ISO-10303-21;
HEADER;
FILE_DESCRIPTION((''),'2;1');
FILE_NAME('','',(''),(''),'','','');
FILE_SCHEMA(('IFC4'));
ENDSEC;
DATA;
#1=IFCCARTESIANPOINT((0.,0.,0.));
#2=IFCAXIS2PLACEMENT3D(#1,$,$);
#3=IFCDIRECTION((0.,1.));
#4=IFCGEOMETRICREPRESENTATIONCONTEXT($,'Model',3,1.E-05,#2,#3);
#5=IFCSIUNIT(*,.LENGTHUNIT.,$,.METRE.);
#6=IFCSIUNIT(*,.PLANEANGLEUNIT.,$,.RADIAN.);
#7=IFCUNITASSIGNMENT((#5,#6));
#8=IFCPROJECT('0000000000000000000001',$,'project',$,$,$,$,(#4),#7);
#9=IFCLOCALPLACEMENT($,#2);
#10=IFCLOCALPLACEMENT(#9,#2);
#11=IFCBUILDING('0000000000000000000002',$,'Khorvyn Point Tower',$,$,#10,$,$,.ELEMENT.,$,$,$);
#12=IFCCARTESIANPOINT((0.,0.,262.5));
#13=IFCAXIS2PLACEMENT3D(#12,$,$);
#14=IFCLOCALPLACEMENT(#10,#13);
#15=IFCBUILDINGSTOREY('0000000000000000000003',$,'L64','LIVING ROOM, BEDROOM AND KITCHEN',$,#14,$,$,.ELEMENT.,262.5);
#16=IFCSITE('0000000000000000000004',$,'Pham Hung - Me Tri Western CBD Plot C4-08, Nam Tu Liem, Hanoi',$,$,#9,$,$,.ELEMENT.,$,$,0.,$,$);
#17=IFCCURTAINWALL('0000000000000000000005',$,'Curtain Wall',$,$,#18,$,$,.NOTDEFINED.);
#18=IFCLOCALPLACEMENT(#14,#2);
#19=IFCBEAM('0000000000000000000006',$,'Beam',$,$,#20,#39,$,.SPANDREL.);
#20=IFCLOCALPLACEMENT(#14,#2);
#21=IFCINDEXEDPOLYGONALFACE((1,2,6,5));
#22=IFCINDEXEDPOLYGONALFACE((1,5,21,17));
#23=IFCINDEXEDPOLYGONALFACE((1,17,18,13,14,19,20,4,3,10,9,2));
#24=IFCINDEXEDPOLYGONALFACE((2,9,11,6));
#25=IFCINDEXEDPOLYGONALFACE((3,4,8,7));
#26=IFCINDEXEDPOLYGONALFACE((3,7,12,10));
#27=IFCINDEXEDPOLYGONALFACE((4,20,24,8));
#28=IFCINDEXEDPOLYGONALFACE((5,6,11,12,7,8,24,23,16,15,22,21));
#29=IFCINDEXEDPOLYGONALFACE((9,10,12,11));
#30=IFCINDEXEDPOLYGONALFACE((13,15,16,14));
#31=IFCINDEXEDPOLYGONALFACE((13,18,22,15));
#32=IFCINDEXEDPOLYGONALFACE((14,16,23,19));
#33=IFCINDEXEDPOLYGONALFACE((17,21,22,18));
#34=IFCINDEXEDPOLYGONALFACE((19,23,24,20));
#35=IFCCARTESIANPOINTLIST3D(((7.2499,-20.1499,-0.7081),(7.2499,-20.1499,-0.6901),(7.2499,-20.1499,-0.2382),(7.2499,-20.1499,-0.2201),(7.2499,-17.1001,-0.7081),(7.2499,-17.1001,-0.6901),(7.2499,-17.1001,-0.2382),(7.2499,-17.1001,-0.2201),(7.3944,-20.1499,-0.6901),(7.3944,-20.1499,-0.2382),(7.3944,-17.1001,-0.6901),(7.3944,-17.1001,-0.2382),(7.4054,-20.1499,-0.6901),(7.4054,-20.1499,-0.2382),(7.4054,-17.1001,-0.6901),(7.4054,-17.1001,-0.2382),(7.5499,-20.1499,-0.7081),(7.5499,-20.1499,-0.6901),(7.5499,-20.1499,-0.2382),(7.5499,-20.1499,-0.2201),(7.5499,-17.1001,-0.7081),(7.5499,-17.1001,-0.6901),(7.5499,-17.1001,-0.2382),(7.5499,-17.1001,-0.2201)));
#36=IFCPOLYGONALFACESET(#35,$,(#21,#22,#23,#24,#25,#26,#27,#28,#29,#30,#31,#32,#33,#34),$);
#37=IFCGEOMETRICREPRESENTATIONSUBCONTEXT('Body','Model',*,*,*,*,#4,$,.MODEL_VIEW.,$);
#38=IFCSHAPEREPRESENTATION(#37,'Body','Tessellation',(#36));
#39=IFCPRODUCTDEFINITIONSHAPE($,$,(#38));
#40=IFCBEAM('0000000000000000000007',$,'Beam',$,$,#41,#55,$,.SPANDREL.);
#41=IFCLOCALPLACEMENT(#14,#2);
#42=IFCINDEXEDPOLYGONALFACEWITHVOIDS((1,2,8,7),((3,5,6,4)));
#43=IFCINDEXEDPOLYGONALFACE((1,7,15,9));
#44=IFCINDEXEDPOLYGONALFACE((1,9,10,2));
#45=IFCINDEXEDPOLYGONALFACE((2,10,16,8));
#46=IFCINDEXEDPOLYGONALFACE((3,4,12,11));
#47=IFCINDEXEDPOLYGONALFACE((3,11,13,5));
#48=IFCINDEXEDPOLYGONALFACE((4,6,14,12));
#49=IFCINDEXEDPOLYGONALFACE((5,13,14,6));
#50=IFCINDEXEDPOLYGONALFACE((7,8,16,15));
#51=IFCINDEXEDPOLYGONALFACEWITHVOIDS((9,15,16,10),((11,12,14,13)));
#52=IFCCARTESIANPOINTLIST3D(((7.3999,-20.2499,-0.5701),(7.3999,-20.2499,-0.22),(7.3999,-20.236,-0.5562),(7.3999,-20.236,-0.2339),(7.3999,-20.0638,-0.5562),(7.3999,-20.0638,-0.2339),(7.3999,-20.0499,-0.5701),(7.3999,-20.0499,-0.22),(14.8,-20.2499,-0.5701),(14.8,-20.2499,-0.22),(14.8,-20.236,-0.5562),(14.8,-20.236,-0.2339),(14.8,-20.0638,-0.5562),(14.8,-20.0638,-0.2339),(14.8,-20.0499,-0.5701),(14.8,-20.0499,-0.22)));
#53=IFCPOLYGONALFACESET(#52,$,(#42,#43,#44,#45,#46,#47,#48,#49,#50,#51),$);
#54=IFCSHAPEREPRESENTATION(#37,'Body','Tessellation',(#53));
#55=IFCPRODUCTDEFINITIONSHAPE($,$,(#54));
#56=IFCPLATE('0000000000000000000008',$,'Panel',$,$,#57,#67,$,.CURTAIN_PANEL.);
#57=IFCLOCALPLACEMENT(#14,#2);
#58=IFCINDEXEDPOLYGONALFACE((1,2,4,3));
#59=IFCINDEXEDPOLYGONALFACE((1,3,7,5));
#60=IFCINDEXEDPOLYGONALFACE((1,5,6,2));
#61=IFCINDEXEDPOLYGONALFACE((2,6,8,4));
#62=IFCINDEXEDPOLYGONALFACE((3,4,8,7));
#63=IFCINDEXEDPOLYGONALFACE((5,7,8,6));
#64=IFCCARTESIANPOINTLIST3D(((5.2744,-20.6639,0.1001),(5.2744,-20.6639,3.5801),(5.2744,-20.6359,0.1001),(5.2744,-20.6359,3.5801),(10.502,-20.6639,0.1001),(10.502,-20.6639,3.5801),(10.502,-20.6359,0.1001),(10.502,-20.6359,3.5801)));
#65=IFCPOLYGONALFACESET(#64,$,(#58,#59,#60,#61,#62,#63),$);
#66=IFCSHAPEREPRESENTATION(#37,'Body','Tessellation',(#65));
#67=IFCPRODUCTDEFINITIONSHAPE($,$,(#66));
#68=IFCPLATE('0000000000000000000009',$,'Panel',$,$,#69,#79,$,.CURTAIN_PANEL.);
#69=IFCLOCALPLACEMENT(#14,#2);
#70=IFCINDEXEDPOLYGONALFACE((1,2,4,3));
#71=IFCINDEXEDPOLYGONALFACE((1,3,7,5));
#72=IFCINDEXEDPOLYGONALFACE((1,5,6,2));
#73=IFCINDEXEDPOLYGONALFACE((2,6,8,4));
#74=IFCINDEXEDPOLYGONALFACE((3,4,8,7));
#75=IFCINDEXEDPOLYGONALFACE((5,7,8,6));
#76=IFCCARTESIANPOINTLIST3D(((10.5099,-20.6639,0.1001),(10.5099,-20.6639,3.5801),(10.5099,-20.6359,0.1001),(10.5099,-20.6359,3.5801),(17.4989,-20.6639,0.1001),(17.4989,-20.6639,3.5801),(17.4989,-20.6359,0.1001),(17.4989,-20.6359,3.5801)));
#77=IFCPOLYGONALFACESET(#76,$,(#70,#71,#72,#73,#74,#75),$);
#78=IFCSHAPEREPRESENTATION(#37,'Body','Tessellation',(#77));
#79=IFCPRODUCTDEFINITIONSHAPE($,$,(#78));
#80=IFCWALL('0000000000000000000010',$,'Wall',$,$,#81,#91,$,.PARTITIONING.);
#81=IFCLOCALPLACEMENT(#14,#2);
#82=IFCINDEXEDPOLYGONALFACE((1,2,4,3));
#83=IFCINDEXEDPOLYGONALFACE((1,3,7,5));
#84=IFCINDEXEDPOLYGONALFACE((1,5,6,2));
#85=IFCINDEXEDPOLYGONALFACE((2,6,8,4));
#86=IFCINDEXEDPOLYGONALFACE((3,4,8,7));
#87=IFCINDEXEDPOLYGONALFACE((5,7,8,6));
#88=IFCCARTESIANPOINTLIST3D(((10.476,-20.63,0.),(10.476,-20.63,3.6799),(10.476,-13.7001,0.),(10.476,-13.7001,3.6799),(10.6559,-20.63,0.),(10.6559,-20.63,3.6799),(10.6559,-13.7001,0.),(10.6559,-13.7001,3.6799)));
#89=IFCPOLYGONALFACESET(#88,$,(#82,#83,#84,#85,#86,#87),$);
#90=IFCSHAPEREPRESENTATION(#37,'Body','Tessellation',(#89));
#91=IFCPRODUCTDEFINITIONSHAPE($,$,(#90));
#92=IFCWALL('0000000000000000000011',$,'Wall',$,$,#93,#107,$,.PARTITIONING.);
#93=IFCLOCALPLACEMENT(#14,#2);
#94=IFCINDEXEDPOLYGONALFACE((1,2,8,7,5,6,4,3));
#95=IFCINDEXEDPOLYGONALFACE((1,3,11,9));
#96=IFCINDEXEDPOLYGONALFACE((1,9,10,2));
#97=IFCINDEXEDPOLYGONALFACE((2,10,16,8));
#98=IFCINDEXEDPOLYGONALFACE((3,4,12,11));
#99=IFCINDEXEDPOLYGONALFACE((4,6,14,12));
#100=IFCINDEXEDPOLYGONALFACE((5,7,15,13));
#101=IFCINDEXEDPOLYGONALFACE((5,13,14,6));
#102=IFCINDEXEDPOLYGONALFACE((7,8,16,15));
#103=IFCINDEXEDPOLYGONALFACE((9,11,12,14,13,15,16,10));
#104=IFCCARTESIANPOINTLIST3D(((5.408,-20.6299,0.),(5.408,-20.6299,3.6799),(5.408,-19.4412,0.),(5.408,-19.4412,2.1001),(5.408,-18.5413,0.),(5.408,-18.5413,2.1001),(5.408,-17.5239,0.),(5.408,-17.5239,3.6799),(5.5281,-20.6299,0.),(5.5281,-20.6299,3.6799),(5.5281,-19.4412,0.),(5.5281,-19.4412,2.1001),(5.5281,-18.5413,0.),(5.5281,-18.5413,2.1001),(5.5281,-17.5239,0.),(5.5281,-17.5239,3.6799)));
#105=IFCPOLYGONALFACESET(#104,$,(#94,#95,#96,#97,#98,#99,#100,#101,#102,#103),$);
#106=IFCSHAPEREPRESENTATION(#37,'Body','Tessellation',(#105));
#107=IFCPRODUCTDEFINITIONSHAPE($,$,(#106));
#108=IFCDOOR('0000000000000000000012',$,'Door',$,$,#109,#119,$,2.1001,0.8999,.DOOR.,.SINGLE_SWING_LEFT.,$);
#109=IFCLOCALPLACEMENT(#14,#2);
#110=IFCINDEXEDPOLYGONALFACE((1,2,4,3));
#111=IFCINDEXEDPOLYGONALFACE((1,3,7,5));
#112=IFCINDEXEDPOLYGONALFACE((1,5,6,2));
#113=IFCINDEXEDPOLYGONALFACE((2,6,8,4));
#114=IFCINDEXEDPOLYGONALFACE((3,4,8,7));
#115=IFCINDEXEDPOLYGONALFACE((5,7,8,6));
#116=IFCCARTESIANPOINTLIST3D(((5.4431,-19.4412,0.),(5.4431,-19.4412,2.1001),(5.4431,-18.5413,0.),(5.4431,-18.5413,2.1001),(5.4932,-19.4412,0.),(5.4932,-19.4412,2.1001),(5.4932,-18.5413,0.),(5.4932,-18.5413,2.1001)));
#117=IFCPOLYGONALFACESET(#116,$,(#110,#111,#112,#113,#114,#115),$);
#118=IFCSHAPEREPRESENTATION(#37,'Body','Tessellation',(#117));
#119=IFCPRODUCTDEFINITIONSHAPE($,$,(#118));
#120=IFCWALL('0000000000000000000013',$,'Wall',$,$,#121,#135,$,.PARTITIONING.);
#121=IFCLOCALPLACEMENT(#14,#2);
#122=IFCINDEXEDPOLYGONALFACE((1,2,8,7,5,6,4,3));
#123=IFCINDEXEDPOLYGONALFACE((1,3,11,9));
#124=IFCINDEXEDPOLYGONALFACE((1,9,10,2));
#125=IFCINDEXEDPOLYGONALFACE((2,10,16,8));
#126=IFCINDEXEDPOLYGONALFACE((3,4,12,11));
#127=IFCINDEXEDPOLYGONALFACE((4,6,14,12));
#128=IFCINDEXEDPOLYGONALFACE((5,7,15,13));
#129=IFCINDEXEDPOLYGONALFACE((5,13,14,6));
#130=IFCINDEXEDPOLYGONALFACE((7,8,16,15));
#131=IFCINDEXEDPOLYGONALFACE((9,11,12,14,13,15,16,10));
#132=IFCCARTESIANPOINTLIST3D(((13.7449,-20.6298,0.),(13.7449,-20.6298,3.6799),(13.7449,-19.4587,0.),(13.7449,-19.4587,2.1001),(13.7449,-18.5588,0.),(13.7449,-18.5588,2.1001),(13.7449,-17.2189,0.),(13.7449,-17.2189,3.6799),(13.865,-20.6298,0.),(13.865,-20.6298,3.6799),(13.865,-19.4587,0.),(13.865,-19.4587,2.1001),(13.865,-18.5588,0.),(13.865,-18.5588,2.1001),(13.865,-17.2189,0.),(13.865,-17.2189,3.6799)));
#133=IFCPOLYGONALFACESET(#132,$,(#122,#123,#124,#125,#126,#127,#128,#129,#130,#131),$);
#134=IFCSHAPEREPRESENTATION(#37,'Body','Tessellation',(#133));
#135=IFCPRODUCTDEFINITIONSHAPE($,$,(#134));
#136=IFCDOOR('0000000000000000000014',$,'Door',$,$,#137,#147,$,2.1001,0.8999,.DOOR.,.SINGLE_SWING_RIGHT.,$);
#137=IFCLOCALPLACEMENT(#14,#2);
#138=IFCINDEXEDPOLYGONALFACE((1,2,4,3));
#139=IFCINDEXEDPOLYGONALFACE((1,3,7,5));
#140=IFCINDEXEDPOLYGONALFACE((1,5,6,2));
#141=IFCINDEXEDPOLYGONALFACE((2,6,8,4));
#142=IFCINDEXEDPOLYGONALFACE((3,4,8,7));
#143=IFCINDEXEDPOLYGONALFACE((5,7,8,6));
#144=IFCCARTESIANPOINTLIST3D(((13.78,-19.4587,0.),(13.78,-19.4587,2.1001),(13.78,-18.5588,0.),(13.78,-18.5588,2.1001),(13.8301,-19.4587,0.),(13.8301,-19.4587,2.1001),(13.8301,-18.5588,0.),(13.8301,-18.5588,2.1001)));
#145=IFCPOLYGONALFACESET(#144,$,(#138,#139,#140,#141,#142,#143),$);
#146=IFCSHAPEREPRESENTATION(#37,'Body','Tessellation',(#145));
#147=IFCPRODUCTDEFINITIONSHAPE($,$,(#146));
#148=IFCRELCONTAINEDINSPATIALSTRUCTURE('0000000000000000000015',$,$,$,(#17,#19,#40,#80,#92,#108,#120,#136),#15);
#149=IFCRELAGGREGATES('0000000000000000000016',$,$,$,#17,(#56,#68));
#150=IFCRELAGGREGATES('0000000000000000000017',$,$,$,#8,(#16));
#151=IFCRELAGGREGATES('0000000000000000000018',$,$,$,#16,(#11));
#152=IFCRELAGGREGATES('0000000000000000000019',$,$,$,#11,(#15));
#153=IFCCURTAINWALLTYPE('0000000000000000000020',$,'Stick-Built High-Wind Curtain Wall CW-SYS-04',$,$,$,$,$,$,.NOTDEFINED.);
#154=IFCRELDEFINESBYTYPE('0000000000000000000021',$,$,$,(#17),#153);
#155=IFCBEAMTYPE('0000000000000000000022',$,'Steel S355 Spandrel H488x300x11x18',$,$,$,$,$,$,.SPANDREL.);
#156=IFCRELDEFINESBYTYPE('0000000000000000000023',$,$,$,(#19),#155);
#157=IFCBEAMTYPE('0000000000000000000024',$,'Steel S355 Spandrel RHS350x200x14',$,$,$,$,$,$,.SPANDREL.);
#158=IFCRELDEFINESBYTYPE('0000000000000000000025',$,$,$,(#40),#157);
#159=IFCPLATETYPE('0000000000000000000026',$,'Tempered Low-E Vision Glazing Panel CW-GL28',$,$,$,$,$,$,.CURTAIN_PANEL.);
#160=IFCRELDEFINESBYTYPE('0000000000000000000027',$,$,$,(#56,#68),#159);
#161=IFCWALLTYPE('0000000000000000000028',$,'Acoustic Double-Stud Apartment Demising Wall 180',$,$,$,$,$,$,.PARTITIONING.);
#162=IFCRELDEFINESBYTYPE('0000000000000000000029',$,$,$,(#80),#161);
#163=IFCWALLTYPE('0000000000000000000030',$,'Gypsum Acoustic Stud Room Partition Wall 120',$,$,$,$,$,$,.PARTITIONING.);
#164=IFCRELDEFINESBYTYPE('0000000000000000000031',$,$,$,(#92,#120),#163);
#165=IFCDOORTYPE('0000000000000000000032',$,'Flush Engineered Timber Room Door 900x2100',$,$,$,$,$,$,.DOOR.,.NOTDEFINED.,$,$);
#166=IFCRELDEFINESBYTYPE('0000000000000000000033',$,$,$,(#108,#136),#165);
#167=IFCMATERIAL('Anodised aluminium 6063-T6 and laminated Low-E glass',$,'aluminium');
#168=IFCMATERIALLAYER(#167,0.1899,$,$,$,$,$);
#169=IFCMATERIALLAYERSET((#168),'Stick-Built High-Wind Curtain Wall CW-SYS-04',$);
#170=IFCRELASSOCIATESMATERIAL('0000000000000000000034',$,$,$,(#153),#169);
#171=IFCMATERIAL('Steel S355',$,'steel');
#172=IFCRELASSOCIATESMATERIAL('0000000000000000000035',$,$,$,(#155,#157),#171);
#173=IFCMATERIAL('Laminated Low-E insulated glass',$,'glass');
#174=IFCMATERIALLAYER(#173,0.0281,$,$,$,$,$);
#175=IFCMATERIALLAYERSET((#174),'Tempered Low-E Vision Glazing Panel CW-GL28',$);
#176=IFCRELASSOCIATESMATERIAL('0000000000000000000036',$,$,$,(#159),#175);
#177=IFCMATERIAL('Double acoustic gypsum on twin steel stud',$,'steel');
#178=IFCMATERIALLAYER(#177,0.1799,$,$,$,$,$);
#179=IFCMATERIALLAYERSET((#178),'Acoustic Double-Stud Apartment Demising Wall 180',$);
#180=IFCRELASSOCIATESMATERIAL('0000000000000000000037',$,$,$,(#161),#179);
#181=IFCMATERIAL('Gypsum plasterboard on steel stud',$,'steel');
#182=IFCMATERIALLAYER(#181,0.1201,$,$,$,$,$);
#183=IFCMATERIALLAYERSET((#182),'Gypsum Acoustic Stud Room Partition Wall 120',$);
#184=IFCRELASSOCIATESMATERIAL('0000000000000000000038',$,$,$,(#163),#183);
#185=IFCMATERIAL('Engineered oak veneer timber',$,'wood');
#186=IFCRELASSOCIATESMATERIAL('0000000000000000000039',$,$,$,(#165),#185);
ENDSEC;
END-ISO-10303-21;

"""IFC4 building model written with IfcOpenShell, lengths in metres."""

from ifc_helpers import new_model, si_unit, direction, frame, frame_2d, origin, origin_2d, place, context, subcontext, project, spatial, rectangle, hollow_rectangle, i_section, extrude, material, layer, layer_set, material_profile, profile_set, type_object, element, fill, aggregate, save


model = new_model("IFC4")

# Units and contexts
model_context = context("Model", 3, precision=1e-05, world=origin(), true_north=direction((0.0, 1.0)))
body_context = subcontext(model_context, "Body", "Model", "MODEL_VIEW")
ifc_project = project(units=[si_unit("LENGTHUNIT", "METRE"), si_unit("PLANEANGLEUNIT", "RADIAN")], contexts=[model_context])

# Site, building, storey
site_placement = place(None, origin())
site = spatial("IfcSite", under=ifc_project, at=site_placement, Name="Pham Hung - Me Tri Western CBD Plot C4-08, Nam Tu Liem, Hanoi", CompositionType="ELEMENT", RefElevation=0.0)
building_placement = place(site_placement, origin())
building = spatial("IfcBuilding", under=site, at=building_placement, Name="Khorvyn Point Tower", CompositionType="ELEMENT")
storey_placement = place(building_placement, frame((0.0, 0.0, 262.5)))
storey = spatial("IfcBuildingStorey", under=building, at=storey_placement, Name="L64", Description="LIVING ROOM, BEDROOM AND KITCHEN", CompositionType="ELEMENT", Elevation=262.5)

# Shared definitions
ifc_material_1 = material(Name="Steel S355", Category="steel")

# Curtain wall
ifc_material_2 = material(Name="Anodised aluminium 6063-T6 and laminated Low-E glass", Category="aluminium")
ifc_layer_1 = layer(ifc_material_2, 0.1899)
ifc_layer_set_1 = layer_set([ifc_layer_1], Name="Stick-Built High-Wind Curtain Wall CW-SYS-04")
curtain_wall_type = type_object("IfcCurtainWallType", Name="Stick-Built High-Wind Curtain Wall CW-SYS-04", PredefinedType="NOTDEFINED", material=ifc_layer_set_1)
curtain_wall_placement = place(storey_placement, origin())
curtain_wall = element("IfcCurtainWall", 1, at=curtain_wall_placement, inside=storey, type_object=curtain_wall_type, Name="Curtain Wall", PredefinedType="NOTDEFINED")

# Beams
ifc_material_profile_1 = material_profile(ifc_material_1, i_section(OverallWidth=0.3, OverallDepth=0.488, WebThickness=0.011, FlangeThickness=0.0181, at=origin_2d()))
ifc_profile_set_1 = profile_set([ifc_material_profile_1], Name="Steel S355 H488x300x11x18")
beam_type_1 = type_object("IfcBeamType", Name="Steel S355 Spandrel H488x300x11x18", PredefinedType="SPANDREL", material=ifc_profile_set_1)
for number, where, z_axis, x_axis, name in (
    (2, (7.3999, -20.1499, -0.4641), (0.0, 1.0, 0.0), (-1.0, 0.0, 0.0), "Beam"),
):
    element("IfcBeam", number, at=place(storey_placement, frame(where, z_axis=z_axis, x_axis=x_axis)), inside=storey, type_object=beam_type_1, Name=name, PredefinedType="SPANDREL", context=body_context, shape_type="SweptSolid", body=[
        extrude(i_section(OverallWidth=0.3, OverallDepth=0.488, WebThickness=0.011, FlangeThickness=0.0181, at=origin_2d()), origin(), (0.0, 0.0, 1.0), 3.0498),
    ])
ifc_material_profile_2 = material_profile(ifc_material_1, hollow_rectangle(XDim=0.2, YDim=0.3501, WallThickness=0.0139, at=origin_2d()))
ifc_profile_set_2 = profile_set([ifc_material_profile_2], Name="Steel S355 RHS350x200x14")
beam_type_2 = type_object("IfcBeamType", Name="Steel S355 Spandrel RHS350x200x14", PredefinedType="SPANDREL", material=ifc_profile_set_2)
beam_1_placement = place(storey_placement, frame((7.3999, -20.1499, -0.395), z_axis=(1.0, 0.0, 0.0), x_axis=(0.0, 1.0, 0.0)))
element("IfcBeam", 3, at=beam_1_placement, inside=storey, type_object=beam_type_2, Name="Beam", PredefinedType="SPANDREL", context=body_context, shape_type="SweptSolid", body=[
    extrude(hollow_rectangle(XDim=0.2, YDim=0.3501, WallThickness=0.0139, at=origin_2d()), origin(), (0.0, 0.0, 1.0), 7.4001),
])

# Plates
ifc_material_3 = material(Name="Laminated Low-E insulated glass", Category="glass")
ifc_layer_2 = layer(ifc_material_3, 0.0281)
ifc_layer_set_2 = layer_set([ifc_layer_2], Name="Tempered Low-E Vision Glazing Panel CW-GL28")
plate_type = type_object("IfcPlateType", Name="Tempered Low-E Vision Glazing Panel CW-GL28", PredefinedType="CURTAIN_PANEL", material=ifc_layer_set_2)
plate_1_placement = place(storey_placement, frame((7.8882, -20.6499, 0.1001), z_axis=(0.0, 0.0, 1.0), x_axis=(-1.0, 0.0, 0.0)))
plate_1 = element("IfcPlate", 4, at=plate_1_placement, type_object=plate_type, Name="Panel", PredefinedType="CURTAIN_PANEL", context=body_context, shape_type="SweptSolid", body=[
    extrude(rectangle(XDim=5.2275, YDim=0.0281, at=origin_2d()), origin(), (0.0, 0.0, 1.0), 3.48),
])
plate_2_placement = place(storey_placement, frame((14.0044, -20.6499, 0.1001), z_axis=(0.0, 0.0, 1.0), x_axis=(-1.0, 0.0, 0.0)))
plate_2 = element("IfcPlate", 5, at=plate_2_placement, type_object=plate_type, Name="Panel", PredefinedType="CURTAIN_PANEL", context=body_context, shape_type="SweptSolid", body=[
    extrude(rectangle(XDim=6.989, YDim=0.0281, at=origin_2d()), origin(), (0.0, 0.0, 1.0), 3.48),
])
aggregate(curtain_wall, [plate_1, plate_2])

# Wall
ifc_material_4 = material(Name="Double acoustic gypsum on twin steel stud", Category="steel")
ifc_layer_3 = layer(ifc_material_4, 0.1799)
ifc_layer_set_3 = layer_set([ifc_layer_3], Name="Acoustic Double-Stud Apartment Demising Wall 180")
wall_type_1 = type_object("IfcWallType", Name="Acoustic Double-Stud Apartment Demising Wall 180", PredefinedType="PARTITIONING", material=ifc_layer_set_3)
wall_1_placement = place(storey_placement, frame((10.5659, -20.6299, 0.0), z_axis=(0.0, 0.0, 1.0), x_axis=(0.0, 1.0, 0.0)))
element("IfcWall", 6, at=wall_1_placement, inside=storey, type_object=wall_type_1, Name="Wall", PredefinedType="PARTITIONING", context=body_context, shape_type="SweptSolid", body=[
    extrude(rectangle(XDim=6.9299, YDim=0.1799, at=frame_2d((3.4648, 0.0))), origin(), (0.0, 0.0, 1.0), 3.6799),
])

# Walls, openings, doors
ifc_material_5 = material(Name="Gypsum plasterboard on steel stud", Category="steel")
ifc_layer_4 = layer(ifc_material_5, 0.1201)
ifc_layer_set_4 = layer_set([ifc_layer_4], Name="Gypsum Acoustic Stud Room Partition Wall 120")
wall_type_2 = type_object("IfcWallType", Name="Gypsum Acoustic Stud Room Partition Wall 120", PredefinedType="PARTITIONING", material=ifc_layer_set_4)
wall_2_placement = place(storey_placement, frame((5.468, -20.6299, 0.0), z_axis=(0.0, 0.0, 1.0), x_axis=(0.0, 1.0, 0.0)))
wall_2 = element("IfcWall", 7, at=wall_2_placement, inside=storey, type_object=wall_type_2, Name="Wall", PredefinedType="PARTITIONING", context=body_context, shape_type="SweptSolid", body=[
    extrude(rectangle(XDim=3.106, YDim=0.1201, at=frame_2d((1.553, 0.0))), origin(), (0.0, 0.0, 1.0), 3.6799),
])
opening_1_placement = place(wall_2_placement, frame((1.1887, 0.0, 0.0)))
opening_1 = element("IfcOpeningElement", 8, at=opening_1_placement, cuts=wall_2, PredefinedType="OPENING", context=body_context, shape_type="SweptSolid", body=[
    extrude(rectangle(XDim=0.8999, YDim=2.1001, at=frame_2d((0.45, 1.05))), frame((0.0, 0.0701, 0.0), z_axis=(0.0, -1.0, 0.0), x_axis=(1.0, 0.0, 0.0)), (0.0, 0.0, 1.0), 0.1401),
])
ifc_material_6 = material(Name="Engineered oak veneer timber", Category="wood")
door_type_1 = type_object("IfcDoorType", Name="Flush Engineered Timber Room Door 900x2100", OperationType="NOTDEFINED", PredefinedType="DOOR", material=ifc_material_6)
door_1_placement = place(opening_1_placement, origin())
door_1 = element("IfcDoor", 9, at=door_1_placement, inside=storey, type_object=door_type_1, Name="Door", OperationType="SINGLE_SWING_LEFT", OverallHeight=2.1001, OverallWidth=0.8999, PredefinedType="DOOR", context=body_context, shape_type="SweptSolid", body=[
    extrude(rectangle(XDim=0.8999, YDim=2.1001, at=frame_2d((0.45, 1.05))), frame((0.0, 0.0249, 0.0), z_axis=(0.0, -1.0, 0.0), x_axis=(1.0, 0.0, 0.0)), (0.0, 0.0, 1.0), 0.05),
])
fill(opening_1, door_1)
wall_3_placement = place(storey_placement, frame((13.8049, -20.6299, 0.0), z_axis=(0.0, 0.0, 1.0), x_axis=(0.0, 1.0, 0.0)))
wall_3 = element("IfcWall", 10, at=wall_3_placement, inside=storey, type_object=wall_type_2, Name="Wall", PredefinedType="PARTITIONING", context=body_context, shape_type="SweptSolid", body=[
    extrude(rectangle(XDim=3.4109, YDim=0.1201, at=frame_2d((1.7056, 0.0))), origin(), (0.0, 0.0, 1.0), 3.6799),
])
opening_2_placement = place(wall_3_placement, frame((1.1711, 0.0, 0.0)))
opening_2 = element("IfcOpeningElement", 11, at=opening_2_placement, cuts=wall_3, PredefinedType="OPENING", context=body_context, shape_type="SweptSolid", body=[
    extrude(rectangle(XDim=0.8999, YDim=2.1001, at=frame_2d((0.45, 1.05))), frame((0.0, 0.0701, 0.0), z_axis=(0.0, -1.0, 0.0), x_axis=(1.0, 0.0, 0.0)), (0.0, 0.0, 1.0), 0.1401),
])
door_2_placement = place(opening_2_placement, origin())
door_2 = element("IfcDoor", 12, at=door_2_placement, inside=storey, type_object=door_type_1, Name="Door", OperationType="SINGLE_SWING_RIGHT", OverallHeight=2.1001, OverallWidth=0.8999, PredefinedType="DOOR", context=body_context, shape_type="SweptSolid", body=[
    extrude(rectangle(XDim=0.8999, YDim=2.1001, at=frame_2d((0.45, 1.05))), frame((0.0, 0.0249, 0.0), z_axis=(0.0, -1.0, 0.0), x_axis=(1.0, 0.0, 0.0)), (0.0, 0.0, 1.0), 0.05),
])
fill(opening_2, door_2)

save(model, "model.ifc")
